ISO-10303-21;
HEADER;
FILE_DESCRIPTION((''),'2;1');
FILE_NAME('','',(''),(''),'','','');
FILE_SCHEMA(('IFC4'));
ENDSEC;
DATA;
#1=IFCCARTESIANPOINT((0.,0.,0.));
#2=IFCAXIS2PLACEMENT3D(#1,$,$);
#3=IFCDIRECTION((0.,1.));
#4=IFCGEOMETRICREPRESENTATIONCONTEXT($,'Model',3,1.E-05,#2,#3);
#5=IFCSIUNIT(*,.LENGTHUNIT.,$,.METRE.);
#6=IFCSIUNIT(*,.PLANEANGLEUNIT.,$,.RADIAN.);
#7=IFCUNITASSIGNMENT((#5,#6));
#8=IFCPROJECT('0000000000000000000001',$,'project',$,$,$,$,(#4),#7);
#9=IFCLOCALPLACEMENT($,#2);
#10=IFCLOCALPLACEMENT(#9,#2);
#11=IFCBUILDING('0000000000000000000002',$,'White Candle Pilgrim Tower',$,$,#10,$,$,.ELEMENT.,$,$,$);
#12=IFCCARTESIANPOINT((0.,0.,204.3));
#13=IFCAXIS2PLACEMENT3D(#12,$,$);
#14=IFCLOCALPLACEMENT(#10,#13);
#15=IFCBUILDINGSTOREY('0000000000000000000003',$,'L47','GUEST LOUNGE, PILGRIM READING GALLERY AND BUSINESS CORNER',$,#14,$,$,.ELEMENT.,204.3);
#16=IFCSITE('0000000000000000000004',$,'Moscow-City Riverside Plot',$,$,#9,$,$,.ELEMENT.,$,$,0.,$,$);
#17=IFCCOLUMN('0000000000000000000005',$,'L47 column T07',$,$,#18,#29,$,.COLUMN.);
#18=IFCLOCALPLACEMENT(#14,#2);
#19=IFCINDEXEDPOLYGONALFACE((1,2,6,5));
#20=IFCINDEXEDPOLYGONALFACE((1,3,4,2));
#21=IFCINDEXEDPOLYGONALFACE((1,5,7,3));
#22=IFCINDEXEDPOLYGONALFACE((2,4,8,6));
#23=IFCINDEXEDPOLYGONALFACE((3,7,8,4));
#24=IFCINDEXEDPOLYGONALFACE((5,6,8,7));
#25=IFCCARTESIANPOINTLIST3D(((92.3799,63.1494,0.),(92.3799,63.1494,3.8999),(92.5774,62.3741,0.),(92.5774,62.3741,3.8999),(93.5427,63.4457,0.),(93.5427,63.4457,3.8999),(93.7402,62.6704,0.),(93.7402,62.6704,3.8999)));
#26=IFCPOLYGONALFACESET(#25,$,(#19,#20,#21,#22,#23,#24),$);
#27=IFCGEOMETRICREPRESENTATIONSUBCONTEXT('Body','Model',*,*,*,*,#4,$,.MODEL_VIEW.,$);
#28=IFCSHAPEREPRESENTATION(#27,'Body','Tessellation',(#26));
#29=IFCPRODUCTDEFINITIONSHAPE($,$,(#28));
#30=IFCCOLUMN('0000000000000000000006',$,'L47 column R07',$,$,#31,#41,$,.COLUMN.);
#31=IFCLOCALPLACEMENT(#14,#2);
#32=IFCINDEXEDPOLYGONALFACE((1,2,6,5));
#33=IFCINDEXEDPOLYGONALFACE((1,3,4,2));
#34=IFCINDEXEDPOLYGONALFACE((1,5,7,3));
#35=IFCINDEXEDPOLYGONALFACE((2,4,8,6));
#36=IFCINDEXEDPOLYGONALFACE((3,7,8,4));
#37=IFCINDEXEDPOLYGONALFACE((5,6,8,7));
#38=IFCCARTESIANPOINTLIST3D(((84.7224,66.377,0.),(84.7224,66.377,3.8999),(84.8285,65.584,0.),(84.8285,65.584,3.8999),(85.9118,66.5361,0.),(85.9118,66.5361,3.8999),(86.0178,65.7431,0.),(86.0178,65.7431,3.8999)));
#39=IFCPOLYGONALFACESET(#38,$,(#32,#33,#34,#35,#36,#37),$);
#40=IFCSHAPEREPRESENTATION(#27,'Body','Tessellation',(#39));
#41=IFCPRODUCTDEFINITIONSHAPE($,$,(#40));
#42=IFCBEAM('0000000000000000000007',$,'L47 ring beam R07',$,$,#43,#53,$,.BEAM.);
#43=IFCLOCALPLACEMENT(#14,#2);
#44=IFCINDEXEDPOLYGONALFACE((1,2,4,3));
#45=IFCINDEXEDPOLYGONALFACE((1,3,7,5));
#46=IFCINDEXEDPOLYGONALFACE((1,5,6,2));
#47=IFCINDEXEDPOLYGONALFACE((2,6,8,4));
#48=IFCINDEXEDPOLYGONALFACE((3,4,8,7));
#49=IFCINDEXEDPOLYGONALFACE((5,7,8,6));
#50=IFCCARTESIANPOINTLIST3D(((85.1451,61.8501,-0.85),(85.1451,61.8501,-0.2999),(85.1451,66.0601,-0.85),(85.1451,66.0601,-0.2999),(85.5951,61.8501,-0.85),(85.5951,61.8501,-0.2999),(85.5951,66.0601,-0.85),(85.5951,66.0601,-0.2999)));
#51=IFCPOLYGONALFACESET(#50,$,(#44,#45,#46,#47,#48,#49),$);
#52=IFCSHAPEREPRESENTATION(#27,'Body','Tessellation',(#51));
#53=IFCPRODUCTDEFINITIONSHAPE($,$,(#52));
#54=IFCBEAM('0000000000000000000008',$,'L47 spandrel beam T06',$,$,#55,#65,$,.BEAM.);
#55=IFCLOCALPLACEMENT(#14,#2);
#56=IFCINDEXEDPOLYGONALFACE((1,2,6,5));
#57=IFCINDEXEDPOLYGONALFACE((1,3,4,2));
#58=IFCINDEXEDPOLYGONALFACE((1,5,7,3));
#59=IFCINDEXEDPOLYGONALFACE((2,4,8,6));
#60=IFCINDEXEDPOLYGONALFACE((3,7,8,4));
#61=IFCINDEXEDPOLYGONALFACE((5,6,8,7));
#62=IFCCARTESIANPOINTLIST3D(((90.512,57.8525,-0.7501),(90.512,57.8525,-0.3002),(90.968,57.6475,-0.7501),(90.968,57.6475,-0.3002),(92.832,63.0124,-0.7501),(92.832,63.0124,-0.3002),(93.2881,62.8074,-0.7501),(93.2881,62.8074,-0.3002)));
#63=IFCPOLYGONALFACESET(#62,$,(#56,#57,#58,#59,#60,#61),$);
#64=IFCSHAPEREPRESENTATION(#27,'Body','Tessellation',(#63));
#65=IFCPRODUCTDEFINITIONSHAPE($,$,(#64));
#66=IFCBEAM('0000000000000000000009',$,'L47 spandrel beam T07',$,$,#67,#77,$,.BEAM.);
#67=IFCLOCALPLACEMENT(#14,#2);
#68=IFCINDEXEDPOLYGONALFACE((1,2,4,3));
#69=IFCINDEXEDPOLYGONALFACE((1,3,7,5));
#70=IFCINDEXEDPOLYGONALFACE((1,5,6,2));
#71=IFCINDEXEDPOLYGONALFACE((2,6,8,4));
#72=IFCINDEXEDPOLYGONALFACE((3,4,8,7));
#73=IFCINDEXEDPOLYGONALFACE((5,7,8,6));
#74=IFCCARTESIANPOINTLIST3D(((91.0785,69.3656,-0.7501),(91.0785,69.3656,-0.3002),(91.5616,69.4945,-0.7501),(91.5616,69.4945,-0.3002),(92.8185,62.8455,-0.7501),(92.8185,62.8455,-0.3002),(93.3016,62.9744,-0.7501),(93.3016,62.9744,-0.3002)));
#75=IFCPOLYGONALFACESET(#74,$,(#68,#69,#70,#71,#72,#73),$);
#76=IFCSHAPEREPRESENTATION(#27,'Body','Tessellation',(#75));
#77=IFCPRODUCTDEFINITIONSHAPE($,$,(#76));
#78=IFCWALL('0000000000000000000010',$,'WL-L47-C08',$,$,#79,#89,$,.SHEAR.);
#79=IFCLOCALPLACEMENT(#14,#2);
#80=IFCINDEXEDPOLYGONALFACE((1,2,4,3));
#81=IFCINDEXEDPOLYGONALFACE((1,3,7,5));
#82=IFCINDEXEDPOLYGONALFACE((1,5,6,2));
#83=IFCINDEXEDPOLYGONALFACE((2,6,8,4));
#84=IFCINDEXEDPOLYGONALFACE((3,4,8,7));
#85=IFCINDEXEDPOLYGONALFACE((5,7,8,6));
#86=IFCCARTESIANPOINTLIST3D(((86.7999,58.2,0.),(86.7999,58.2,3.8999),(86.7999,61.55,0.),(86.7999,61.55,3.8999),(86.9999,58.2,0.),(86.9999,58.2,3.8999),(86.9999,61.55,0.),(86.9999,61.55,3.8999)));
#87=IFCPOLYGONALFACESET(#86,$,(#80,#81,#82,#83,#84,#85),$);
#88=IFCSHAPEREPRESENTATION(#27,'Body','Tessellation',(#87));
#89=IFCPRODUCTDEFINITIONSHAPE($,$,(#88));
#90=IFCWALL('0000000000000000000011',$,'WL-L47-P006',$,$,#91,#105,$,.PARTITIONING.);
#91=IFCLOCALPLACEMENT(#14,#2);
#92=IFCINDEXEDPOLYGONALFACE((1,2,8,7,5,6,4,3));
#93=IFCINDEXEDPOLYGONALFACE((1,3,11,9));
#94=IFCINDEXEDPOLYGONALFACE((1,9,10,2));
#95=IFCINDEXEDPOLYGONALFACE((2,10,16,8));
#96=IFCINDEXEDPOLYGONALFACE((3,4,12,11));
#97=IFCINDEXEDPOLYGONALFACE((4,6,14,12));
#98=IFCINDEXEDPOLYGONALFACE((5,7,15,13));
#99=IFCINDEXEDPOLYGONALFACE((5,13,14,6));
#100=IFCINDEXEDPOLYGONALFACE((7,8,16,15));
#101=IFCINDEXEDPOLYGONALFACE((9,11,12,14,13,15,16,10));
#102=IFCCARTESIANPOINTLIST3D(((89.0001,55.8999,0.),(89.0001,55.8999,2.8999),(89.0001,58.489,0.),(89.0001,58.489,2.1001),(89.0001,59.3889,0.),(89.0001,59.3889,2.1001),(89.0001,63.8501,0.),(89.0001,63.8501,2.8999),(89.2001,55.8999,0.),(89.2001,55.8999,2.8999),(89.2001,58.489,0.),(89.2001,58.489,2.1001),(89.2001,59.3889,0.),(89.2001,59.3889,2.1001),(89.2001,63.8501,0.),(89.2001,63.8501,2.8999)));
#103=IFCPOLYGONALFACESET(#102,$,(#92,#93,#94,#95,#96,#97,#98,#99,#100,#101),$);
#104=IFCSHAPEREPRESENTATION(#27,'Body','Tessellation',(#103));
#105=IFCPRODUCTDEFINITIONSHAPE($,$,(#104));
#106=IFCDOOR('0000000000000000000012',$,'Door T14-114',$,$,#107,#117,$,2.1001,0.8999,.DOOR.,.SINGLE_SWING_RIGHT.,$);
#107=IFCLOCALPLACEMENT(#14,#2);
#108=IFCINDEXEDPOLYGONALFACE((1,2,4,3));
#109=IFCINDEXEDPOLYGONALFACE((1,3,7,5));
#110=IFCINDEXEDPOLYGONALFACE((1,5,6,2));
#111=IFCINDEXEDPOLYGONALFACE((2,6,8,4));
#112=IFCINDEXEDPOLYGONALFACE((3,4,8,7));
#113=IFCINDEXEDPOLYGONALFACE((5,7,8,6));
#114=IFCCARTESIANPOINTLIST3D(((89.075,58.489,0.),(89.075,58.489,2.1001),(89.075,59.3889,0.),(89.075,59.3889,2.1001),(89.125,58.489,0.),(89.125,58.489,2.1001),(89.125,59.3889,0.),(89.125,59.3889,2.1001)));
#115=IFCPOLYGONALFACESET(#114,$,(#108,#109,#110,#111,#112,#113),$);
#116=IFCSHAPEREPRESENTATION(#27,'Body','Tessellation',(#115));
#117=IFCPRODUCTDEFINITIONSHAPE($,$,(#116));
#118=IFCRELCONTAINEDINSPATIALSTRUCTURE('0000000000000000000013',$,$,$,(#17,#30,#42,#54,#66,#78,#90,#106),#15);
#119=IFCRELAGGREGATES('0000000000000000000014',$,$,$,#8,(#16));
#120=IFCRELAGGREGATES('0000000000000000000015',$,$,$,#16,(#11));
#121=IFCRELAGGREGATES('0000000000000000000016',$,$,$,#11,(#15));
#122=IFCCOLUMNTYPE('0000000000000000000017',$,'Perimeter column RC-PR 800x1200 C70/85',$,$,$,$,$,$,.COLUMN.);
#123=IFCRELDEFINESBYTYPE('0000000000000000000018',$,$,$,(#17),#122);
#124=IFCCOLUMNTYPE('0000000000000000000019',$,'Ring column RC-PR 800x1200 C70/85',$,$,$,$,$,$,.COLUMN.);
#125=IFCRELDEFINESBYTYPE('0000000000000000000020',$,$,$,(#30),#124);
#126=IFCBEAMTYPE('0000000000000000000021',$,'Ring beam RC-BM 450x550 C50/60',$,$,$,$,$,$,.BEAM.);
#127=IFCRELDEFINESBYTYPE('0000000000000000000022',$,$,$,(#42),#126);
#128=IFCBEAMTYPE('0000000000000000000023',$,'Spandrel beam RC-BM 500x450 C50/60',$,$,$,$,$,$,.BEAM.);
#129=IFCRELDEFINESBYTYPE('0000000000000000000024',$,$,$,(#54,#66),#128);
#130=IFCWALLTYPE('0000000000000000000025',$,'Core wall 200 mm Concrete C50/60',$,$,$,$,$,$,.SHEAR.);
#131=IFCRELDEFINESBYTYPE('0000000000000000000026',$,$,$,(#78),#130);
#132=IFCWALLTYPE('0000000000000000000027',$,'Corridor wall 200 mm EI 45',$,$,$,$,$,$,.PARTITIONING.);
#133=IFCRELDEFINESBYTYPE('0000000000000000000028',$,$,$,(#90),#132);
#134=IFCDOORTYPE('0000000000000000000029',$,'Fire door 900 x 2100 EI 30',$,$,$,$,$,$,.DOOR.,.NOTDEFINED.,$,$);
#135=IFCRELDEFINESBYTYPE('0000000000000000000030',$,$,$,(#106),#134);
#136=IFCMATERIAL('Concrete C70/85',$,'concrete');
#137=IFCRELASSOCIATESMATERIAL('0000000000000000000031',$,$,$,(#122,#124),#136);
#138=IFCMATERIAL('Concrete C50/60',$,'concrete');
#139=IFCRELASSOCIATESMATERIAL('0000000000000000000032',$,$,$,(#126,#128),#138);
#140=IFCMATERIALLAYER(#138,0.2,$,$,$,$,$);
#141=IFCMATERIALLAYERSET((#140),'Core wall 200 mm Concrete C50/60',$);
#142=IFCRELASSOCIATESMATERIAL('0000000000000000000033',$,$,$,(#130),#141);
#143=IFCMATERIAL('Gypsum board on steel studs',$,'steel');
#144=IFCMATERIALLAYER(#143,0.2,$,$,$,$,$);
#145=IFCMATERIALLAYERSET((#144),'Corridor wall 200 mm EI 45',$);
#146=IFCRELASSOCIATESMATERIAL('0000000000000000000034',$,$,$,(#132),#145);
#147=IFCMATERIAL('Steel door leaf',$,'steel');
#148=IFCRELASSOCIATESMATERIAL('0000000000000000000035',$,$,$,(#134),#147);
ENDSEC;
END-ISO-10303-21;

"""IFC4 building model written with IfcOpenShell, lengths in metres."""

from ifc_helpers import new_model, si_unit, direction, frame, frame_2d, origin, origin_2d, place, context, subcontext, project, spatial, rectangle, extrude, material, layer, layer_set, material_profile, profile_set, type_object, element, fill, save


model = new_model("IFC4")

# Units and contexts
model_context = context("Model", 3, precision=1e-05, world=origin(), true_north=direction((0.0, 1.0)))
body_context = subcontext(model_context, "Body", "Model", "MODEL_VIEW")
ifc_project = project(units=[si_unit("LENGTHUNIT", "METRE"), si_unit("PLANEANGLEUNIT", "RADIAN")], contexts=[model_context])

# Site, building, storey
site_placement = place(None, origin())
site = spatial("IfcSite", under=ifc_project, at=site_placement, Name="Moscow-City Riverside Plot", CompositionType="ELEMENT", RefElevation=0.0)
building_placement = place(site_placement, origin())
building = spatial("IfcBuilding", under=site, at=building_placement, Name="White Candle Pilgrim Tower", CompositionType="ELEMENT")
storey_placement = place(building_placement, frame((0.0, 0.0, 204.3)))
storey = spatial("IfcBuildingStorey", under=building, at=storey_placement, Name="L47", Description="GUEST LOUNGE, PILGRIM READING GALLERY AND BUSINESS CORNER", CompositionType="ELEMENT", Elevation=204.3)

# Columns
ifc_material_1 = material(Name="Concrete C70/85", Category="concrete")
ifc_material_profile_1 = material_profile(ifc_material_1, rectangle(XDim=0.8, YDim=1.2, at=origin_2d()), Name="RC-PR 800x1200")
ifc_profile_set_1 = profile_set([ifc_material_profile_1], Name="Concrete C70/85")
column_type_1 = type_object("IfcColumnType", Name="Perimeter column RC-PR 800x1200 C70/85", PredefinedType="COLUMN", material=ifc_profile_set_1)
column_1_placement = place(storey_placement, frame((93.0601, 62.9099, 0.0), z_axis=(0.0, 0.0, 1.0), x_axis=(0.246881, -0.969046, 0.0)))
element("IfcColumn", 1, at=column_1_placement, inside=storey, type_object=column_type_1, Name="L47 column T07", PredefinedType="COLUMN", context=body_context, shape_type="SweptSolid", body=[
    extrude(rectangle(XDim=0.8, YDim=1.2, at=origin_2d()), origin(), (0.0, 0.0, 1.0), 3.8999),
])
ifc_material_profile_2 = material_profile(ifc_material_1, rectangle(XDim=0.8, YDim=1.2, at=origin_2d()), Name="RC-PR 800x1200")
ifc_profile_set_2 = profile_set([ifc_material_profile_2], Name="Concrete C70/85")
column_type_2 = type_object("IfcColumnType", Name="Ring column RC-PR 800x1200 C70/85", PredefinedType="COLUMN", material=ifc_profile_set_2)
column_2_placement = place(storey_placement, frame((85.3701, 66.0601, 0.0), z_axis=(0.0, 0.0, 1.0), x_axis=(0.132602, -0.991169, 0.0)))
element("IfcColumn", 2, at=column_2_placement, inside=storey, type_object=column_type_2, Name="L47 column R07", PredefinedType="COLUMN", context=body_context, shape_type="SweptSolid", body=[
    extrude(rectangle(XDim=0.8, YDim=1.2, at=origin_2d()), origin(), (0.0, 0.0, 1.0), 3.8999),
])

# Beams
ifc_material_2 = material(Name="Concrete C50/60", Category="concrete")
ifc_material_profile_3 = material_profile(ifc_material_2, rectangle(XDim=0.45, YDim=0.55, at=origin_2d()), Name="RC-BM 450x550")
ifc_profile_set_3 = profile_set([ifc_material_profile_3], Name="Concrete C50/60")
beam_type_1 = type_object("IfcBeamType", Name="Ring beam RC-BM 450x550 C50/60", PredefinedType="BEAM", material=ifc_profile_set_3)
beam_1_placement = place(storey_placement, frame((85.3701, 66.0601, -0.575), z_axis=(0.0, -1.0, 0.0), x_axis=(1.0, 0.0, 0.0)))
element("IfcBeam", 3, at=beam_1_placement, inside=storey, type_object=beam_type_1, Name="L47 ring beam R07", PredefinedType="BEAM", context=body_context, shape_type="SweptSolid", body=[
    extrude(rectangle(XDim=0.45, YDim=0.55, at=origin_2d()), origin(), (0.0, 0.0, 1.0), 4.21),
])
ifc_material_profile_4 = material_profile(ifc_material_2, rectangle(XDim=0.5, YDim=0.45, at=origin_2d()), Name="RC-BM 500x450")
ifc_profile_set_4 = profile_set([ifc_material_profile_4], Name="Concrete C50/60")
beam_type_2 = type_object("IfcBeamType", Name="Spandrel beam RC-BM 500x450 C50/60", PredefinedType="BEAM", material=ifc_profile_set_4)
beam_2_placement = place(storey_placement, frame((90.74, 57.75, -0.5251), z_axis=(0.410087, 0.912047, 0.0), x_axis=(-0.912047, 0.410087, 0.0)))
element("IfcBeam", 4, at=beam_2_placement, inside=storey, type_object=beam_type_2, Name="L47 spandrel beam T06", PredefinedType="BEAM", context=body_context, shape_type="SweptSolid", body=[
    extrude(rectangle(XDim=0.5, YDim=0.45, at=origin_2d()), origin(), (0.0, 0.0, 1.0), 5.6575),
])
beam_3_placement = place(storey_placement, frame((93.0601, 62.9099, -0.5251), z_axis=(-0.257845, 0.966186, 0.0), x_axis=(-0.966186, -0.257845, 0.0)))
element("IfcBeam", 5, at=beam_3_placement, inside=storey, type_object=beam_type_2, Name="L47 spandrel beam T07", PredefinedType="BEAM", context=body_context, shape_type="SweptSolid", body=[
    extrude(rectangle(XDim=0.5, YDim=0.45, at=origin_2d()), origin(), (0.0, 0.0, 1.0), 6.7483),
])

# Wall
ifc_layer_1 = layer(ifc_material_2, 0.2)
ifc_layer_set_1 = layer_set([ifc_layer_1], Name="Core wall 200 mm Concrete C50/60")
wall_type_1 = type_object("IfcWallType", Name="Core wall 200 mm Concrete C50/60", PredefinedType="SHEAR", material=ifc_layer_set_1)
wall_1_placement = place(storey_placement, frame((86.8999, 58.2, 0.0), z_axis=(0.0, 0.0, 1.0), x_axis=(0.0, 1.0, 0.0)))
element("IfcWall", 6, at=wall_1_placement, inside=storey, type_object=wall_type_1, Name="WL-L47-C08", PredefinedType="SHEAR", context=body_context, shape_type="SweptSolid", body=[
    extrude(rectangle(XDim=3.3501, YDim=0.2, at=frame_2d((1.675, 0.0))), origin(), (0.0, 0.0, 1.0), 3.8999),
])

# Wall, opening, door
ifc_material_3 = material(Name="Gypsum board on steel studs", Category="steel")
ifc_layer_2 = layer(ifc_material_3, 0.2)
ifc_layer_set_2 = layer_set([ifc_layer_2], Name="Corridor wall 200 mm EI 45")
wall_type_2 = type_object("IfcWallType", Name="Corridor wall 200 mm EI 45", PredefinedType="PARTITIONING", material=ifc_layer_set_2)
wall_2_placement = place(storey_placement, frame((89.1001, 63.8501, 0.0), z_axis=(0.0, 0.0, 1.0), x_axis=(0.0, -1.0, 0.0)))
wall_2 = element("IfcWall", 7, at=wall_2_placement, inside=storey, type_object=wall_type_2, Name="WL-L47-P006", PredefinedType="PARTITIONING", context=body_context, shape_type="SweptSolid", body=[
    extrude(rectangle(XDim=7.9502, YDim=0.2, at=frame_2d((3.9751, 0.0))), origin(), (0.0, 0.0, 1.0), 2.8999),
])
opening_1_placement = place(wall_2_placement, frame((4.4612, 0.0, 0.0)))
opening_1 = element("IfcOpeningElement", 8, at=opening_1_placement, cuts=wall_2, PredefinedType="OPENING", context=body_context, shape_type="SweptSolid", body=[
    extrude(rectangle(XDim=0.8999, YDim=2.1001, at=frame_2d((0.45, 1.05))), frame((0.0, 0.1099, 0.0), z_axis=(0.0, -1.0, 0.0), x_axis=(1.0, 0.0, 0.0)), (0.0, 0.0, 1.0), 0.22),
])
ifc_material_4 = material(Name="Steel door leaf", Category="steel")
door_type_1 = type_object("IfcDoorType", Name="Fire door 900 x 2100 EI 30", OperationType="NOTDEFINED", PredefinedType="DOOR", material=ifc_material_4)
door_1_placement = place(opening_1_placement, origin())
door_1 = element("IfcDoor", 9, at=door_1_placement, inside=storey, type_object=door_type_1, Name="Door T14-114", OperationType="SINGLE_SWING_RIGHT", OverallHeight=2.1001, OverallWidth=0.8999, PredefinedType="DOOR", context=body_context, shape_type="SweptSolid", body=[
    extrude(rectangle(XDim=0.8999, YDim=2.1001, at=frame_2d((0.45, 1.05))), frame((0.0, 0.0249, 0.0), z_axis=(0.0, -1.0, 0.0), x_axis=(1.0, 0.0, 0.0)), (0.0, 0.0, 1.0), 0.05),
])
fill(opening_1, door_1)

save(model, "model.ifc")
